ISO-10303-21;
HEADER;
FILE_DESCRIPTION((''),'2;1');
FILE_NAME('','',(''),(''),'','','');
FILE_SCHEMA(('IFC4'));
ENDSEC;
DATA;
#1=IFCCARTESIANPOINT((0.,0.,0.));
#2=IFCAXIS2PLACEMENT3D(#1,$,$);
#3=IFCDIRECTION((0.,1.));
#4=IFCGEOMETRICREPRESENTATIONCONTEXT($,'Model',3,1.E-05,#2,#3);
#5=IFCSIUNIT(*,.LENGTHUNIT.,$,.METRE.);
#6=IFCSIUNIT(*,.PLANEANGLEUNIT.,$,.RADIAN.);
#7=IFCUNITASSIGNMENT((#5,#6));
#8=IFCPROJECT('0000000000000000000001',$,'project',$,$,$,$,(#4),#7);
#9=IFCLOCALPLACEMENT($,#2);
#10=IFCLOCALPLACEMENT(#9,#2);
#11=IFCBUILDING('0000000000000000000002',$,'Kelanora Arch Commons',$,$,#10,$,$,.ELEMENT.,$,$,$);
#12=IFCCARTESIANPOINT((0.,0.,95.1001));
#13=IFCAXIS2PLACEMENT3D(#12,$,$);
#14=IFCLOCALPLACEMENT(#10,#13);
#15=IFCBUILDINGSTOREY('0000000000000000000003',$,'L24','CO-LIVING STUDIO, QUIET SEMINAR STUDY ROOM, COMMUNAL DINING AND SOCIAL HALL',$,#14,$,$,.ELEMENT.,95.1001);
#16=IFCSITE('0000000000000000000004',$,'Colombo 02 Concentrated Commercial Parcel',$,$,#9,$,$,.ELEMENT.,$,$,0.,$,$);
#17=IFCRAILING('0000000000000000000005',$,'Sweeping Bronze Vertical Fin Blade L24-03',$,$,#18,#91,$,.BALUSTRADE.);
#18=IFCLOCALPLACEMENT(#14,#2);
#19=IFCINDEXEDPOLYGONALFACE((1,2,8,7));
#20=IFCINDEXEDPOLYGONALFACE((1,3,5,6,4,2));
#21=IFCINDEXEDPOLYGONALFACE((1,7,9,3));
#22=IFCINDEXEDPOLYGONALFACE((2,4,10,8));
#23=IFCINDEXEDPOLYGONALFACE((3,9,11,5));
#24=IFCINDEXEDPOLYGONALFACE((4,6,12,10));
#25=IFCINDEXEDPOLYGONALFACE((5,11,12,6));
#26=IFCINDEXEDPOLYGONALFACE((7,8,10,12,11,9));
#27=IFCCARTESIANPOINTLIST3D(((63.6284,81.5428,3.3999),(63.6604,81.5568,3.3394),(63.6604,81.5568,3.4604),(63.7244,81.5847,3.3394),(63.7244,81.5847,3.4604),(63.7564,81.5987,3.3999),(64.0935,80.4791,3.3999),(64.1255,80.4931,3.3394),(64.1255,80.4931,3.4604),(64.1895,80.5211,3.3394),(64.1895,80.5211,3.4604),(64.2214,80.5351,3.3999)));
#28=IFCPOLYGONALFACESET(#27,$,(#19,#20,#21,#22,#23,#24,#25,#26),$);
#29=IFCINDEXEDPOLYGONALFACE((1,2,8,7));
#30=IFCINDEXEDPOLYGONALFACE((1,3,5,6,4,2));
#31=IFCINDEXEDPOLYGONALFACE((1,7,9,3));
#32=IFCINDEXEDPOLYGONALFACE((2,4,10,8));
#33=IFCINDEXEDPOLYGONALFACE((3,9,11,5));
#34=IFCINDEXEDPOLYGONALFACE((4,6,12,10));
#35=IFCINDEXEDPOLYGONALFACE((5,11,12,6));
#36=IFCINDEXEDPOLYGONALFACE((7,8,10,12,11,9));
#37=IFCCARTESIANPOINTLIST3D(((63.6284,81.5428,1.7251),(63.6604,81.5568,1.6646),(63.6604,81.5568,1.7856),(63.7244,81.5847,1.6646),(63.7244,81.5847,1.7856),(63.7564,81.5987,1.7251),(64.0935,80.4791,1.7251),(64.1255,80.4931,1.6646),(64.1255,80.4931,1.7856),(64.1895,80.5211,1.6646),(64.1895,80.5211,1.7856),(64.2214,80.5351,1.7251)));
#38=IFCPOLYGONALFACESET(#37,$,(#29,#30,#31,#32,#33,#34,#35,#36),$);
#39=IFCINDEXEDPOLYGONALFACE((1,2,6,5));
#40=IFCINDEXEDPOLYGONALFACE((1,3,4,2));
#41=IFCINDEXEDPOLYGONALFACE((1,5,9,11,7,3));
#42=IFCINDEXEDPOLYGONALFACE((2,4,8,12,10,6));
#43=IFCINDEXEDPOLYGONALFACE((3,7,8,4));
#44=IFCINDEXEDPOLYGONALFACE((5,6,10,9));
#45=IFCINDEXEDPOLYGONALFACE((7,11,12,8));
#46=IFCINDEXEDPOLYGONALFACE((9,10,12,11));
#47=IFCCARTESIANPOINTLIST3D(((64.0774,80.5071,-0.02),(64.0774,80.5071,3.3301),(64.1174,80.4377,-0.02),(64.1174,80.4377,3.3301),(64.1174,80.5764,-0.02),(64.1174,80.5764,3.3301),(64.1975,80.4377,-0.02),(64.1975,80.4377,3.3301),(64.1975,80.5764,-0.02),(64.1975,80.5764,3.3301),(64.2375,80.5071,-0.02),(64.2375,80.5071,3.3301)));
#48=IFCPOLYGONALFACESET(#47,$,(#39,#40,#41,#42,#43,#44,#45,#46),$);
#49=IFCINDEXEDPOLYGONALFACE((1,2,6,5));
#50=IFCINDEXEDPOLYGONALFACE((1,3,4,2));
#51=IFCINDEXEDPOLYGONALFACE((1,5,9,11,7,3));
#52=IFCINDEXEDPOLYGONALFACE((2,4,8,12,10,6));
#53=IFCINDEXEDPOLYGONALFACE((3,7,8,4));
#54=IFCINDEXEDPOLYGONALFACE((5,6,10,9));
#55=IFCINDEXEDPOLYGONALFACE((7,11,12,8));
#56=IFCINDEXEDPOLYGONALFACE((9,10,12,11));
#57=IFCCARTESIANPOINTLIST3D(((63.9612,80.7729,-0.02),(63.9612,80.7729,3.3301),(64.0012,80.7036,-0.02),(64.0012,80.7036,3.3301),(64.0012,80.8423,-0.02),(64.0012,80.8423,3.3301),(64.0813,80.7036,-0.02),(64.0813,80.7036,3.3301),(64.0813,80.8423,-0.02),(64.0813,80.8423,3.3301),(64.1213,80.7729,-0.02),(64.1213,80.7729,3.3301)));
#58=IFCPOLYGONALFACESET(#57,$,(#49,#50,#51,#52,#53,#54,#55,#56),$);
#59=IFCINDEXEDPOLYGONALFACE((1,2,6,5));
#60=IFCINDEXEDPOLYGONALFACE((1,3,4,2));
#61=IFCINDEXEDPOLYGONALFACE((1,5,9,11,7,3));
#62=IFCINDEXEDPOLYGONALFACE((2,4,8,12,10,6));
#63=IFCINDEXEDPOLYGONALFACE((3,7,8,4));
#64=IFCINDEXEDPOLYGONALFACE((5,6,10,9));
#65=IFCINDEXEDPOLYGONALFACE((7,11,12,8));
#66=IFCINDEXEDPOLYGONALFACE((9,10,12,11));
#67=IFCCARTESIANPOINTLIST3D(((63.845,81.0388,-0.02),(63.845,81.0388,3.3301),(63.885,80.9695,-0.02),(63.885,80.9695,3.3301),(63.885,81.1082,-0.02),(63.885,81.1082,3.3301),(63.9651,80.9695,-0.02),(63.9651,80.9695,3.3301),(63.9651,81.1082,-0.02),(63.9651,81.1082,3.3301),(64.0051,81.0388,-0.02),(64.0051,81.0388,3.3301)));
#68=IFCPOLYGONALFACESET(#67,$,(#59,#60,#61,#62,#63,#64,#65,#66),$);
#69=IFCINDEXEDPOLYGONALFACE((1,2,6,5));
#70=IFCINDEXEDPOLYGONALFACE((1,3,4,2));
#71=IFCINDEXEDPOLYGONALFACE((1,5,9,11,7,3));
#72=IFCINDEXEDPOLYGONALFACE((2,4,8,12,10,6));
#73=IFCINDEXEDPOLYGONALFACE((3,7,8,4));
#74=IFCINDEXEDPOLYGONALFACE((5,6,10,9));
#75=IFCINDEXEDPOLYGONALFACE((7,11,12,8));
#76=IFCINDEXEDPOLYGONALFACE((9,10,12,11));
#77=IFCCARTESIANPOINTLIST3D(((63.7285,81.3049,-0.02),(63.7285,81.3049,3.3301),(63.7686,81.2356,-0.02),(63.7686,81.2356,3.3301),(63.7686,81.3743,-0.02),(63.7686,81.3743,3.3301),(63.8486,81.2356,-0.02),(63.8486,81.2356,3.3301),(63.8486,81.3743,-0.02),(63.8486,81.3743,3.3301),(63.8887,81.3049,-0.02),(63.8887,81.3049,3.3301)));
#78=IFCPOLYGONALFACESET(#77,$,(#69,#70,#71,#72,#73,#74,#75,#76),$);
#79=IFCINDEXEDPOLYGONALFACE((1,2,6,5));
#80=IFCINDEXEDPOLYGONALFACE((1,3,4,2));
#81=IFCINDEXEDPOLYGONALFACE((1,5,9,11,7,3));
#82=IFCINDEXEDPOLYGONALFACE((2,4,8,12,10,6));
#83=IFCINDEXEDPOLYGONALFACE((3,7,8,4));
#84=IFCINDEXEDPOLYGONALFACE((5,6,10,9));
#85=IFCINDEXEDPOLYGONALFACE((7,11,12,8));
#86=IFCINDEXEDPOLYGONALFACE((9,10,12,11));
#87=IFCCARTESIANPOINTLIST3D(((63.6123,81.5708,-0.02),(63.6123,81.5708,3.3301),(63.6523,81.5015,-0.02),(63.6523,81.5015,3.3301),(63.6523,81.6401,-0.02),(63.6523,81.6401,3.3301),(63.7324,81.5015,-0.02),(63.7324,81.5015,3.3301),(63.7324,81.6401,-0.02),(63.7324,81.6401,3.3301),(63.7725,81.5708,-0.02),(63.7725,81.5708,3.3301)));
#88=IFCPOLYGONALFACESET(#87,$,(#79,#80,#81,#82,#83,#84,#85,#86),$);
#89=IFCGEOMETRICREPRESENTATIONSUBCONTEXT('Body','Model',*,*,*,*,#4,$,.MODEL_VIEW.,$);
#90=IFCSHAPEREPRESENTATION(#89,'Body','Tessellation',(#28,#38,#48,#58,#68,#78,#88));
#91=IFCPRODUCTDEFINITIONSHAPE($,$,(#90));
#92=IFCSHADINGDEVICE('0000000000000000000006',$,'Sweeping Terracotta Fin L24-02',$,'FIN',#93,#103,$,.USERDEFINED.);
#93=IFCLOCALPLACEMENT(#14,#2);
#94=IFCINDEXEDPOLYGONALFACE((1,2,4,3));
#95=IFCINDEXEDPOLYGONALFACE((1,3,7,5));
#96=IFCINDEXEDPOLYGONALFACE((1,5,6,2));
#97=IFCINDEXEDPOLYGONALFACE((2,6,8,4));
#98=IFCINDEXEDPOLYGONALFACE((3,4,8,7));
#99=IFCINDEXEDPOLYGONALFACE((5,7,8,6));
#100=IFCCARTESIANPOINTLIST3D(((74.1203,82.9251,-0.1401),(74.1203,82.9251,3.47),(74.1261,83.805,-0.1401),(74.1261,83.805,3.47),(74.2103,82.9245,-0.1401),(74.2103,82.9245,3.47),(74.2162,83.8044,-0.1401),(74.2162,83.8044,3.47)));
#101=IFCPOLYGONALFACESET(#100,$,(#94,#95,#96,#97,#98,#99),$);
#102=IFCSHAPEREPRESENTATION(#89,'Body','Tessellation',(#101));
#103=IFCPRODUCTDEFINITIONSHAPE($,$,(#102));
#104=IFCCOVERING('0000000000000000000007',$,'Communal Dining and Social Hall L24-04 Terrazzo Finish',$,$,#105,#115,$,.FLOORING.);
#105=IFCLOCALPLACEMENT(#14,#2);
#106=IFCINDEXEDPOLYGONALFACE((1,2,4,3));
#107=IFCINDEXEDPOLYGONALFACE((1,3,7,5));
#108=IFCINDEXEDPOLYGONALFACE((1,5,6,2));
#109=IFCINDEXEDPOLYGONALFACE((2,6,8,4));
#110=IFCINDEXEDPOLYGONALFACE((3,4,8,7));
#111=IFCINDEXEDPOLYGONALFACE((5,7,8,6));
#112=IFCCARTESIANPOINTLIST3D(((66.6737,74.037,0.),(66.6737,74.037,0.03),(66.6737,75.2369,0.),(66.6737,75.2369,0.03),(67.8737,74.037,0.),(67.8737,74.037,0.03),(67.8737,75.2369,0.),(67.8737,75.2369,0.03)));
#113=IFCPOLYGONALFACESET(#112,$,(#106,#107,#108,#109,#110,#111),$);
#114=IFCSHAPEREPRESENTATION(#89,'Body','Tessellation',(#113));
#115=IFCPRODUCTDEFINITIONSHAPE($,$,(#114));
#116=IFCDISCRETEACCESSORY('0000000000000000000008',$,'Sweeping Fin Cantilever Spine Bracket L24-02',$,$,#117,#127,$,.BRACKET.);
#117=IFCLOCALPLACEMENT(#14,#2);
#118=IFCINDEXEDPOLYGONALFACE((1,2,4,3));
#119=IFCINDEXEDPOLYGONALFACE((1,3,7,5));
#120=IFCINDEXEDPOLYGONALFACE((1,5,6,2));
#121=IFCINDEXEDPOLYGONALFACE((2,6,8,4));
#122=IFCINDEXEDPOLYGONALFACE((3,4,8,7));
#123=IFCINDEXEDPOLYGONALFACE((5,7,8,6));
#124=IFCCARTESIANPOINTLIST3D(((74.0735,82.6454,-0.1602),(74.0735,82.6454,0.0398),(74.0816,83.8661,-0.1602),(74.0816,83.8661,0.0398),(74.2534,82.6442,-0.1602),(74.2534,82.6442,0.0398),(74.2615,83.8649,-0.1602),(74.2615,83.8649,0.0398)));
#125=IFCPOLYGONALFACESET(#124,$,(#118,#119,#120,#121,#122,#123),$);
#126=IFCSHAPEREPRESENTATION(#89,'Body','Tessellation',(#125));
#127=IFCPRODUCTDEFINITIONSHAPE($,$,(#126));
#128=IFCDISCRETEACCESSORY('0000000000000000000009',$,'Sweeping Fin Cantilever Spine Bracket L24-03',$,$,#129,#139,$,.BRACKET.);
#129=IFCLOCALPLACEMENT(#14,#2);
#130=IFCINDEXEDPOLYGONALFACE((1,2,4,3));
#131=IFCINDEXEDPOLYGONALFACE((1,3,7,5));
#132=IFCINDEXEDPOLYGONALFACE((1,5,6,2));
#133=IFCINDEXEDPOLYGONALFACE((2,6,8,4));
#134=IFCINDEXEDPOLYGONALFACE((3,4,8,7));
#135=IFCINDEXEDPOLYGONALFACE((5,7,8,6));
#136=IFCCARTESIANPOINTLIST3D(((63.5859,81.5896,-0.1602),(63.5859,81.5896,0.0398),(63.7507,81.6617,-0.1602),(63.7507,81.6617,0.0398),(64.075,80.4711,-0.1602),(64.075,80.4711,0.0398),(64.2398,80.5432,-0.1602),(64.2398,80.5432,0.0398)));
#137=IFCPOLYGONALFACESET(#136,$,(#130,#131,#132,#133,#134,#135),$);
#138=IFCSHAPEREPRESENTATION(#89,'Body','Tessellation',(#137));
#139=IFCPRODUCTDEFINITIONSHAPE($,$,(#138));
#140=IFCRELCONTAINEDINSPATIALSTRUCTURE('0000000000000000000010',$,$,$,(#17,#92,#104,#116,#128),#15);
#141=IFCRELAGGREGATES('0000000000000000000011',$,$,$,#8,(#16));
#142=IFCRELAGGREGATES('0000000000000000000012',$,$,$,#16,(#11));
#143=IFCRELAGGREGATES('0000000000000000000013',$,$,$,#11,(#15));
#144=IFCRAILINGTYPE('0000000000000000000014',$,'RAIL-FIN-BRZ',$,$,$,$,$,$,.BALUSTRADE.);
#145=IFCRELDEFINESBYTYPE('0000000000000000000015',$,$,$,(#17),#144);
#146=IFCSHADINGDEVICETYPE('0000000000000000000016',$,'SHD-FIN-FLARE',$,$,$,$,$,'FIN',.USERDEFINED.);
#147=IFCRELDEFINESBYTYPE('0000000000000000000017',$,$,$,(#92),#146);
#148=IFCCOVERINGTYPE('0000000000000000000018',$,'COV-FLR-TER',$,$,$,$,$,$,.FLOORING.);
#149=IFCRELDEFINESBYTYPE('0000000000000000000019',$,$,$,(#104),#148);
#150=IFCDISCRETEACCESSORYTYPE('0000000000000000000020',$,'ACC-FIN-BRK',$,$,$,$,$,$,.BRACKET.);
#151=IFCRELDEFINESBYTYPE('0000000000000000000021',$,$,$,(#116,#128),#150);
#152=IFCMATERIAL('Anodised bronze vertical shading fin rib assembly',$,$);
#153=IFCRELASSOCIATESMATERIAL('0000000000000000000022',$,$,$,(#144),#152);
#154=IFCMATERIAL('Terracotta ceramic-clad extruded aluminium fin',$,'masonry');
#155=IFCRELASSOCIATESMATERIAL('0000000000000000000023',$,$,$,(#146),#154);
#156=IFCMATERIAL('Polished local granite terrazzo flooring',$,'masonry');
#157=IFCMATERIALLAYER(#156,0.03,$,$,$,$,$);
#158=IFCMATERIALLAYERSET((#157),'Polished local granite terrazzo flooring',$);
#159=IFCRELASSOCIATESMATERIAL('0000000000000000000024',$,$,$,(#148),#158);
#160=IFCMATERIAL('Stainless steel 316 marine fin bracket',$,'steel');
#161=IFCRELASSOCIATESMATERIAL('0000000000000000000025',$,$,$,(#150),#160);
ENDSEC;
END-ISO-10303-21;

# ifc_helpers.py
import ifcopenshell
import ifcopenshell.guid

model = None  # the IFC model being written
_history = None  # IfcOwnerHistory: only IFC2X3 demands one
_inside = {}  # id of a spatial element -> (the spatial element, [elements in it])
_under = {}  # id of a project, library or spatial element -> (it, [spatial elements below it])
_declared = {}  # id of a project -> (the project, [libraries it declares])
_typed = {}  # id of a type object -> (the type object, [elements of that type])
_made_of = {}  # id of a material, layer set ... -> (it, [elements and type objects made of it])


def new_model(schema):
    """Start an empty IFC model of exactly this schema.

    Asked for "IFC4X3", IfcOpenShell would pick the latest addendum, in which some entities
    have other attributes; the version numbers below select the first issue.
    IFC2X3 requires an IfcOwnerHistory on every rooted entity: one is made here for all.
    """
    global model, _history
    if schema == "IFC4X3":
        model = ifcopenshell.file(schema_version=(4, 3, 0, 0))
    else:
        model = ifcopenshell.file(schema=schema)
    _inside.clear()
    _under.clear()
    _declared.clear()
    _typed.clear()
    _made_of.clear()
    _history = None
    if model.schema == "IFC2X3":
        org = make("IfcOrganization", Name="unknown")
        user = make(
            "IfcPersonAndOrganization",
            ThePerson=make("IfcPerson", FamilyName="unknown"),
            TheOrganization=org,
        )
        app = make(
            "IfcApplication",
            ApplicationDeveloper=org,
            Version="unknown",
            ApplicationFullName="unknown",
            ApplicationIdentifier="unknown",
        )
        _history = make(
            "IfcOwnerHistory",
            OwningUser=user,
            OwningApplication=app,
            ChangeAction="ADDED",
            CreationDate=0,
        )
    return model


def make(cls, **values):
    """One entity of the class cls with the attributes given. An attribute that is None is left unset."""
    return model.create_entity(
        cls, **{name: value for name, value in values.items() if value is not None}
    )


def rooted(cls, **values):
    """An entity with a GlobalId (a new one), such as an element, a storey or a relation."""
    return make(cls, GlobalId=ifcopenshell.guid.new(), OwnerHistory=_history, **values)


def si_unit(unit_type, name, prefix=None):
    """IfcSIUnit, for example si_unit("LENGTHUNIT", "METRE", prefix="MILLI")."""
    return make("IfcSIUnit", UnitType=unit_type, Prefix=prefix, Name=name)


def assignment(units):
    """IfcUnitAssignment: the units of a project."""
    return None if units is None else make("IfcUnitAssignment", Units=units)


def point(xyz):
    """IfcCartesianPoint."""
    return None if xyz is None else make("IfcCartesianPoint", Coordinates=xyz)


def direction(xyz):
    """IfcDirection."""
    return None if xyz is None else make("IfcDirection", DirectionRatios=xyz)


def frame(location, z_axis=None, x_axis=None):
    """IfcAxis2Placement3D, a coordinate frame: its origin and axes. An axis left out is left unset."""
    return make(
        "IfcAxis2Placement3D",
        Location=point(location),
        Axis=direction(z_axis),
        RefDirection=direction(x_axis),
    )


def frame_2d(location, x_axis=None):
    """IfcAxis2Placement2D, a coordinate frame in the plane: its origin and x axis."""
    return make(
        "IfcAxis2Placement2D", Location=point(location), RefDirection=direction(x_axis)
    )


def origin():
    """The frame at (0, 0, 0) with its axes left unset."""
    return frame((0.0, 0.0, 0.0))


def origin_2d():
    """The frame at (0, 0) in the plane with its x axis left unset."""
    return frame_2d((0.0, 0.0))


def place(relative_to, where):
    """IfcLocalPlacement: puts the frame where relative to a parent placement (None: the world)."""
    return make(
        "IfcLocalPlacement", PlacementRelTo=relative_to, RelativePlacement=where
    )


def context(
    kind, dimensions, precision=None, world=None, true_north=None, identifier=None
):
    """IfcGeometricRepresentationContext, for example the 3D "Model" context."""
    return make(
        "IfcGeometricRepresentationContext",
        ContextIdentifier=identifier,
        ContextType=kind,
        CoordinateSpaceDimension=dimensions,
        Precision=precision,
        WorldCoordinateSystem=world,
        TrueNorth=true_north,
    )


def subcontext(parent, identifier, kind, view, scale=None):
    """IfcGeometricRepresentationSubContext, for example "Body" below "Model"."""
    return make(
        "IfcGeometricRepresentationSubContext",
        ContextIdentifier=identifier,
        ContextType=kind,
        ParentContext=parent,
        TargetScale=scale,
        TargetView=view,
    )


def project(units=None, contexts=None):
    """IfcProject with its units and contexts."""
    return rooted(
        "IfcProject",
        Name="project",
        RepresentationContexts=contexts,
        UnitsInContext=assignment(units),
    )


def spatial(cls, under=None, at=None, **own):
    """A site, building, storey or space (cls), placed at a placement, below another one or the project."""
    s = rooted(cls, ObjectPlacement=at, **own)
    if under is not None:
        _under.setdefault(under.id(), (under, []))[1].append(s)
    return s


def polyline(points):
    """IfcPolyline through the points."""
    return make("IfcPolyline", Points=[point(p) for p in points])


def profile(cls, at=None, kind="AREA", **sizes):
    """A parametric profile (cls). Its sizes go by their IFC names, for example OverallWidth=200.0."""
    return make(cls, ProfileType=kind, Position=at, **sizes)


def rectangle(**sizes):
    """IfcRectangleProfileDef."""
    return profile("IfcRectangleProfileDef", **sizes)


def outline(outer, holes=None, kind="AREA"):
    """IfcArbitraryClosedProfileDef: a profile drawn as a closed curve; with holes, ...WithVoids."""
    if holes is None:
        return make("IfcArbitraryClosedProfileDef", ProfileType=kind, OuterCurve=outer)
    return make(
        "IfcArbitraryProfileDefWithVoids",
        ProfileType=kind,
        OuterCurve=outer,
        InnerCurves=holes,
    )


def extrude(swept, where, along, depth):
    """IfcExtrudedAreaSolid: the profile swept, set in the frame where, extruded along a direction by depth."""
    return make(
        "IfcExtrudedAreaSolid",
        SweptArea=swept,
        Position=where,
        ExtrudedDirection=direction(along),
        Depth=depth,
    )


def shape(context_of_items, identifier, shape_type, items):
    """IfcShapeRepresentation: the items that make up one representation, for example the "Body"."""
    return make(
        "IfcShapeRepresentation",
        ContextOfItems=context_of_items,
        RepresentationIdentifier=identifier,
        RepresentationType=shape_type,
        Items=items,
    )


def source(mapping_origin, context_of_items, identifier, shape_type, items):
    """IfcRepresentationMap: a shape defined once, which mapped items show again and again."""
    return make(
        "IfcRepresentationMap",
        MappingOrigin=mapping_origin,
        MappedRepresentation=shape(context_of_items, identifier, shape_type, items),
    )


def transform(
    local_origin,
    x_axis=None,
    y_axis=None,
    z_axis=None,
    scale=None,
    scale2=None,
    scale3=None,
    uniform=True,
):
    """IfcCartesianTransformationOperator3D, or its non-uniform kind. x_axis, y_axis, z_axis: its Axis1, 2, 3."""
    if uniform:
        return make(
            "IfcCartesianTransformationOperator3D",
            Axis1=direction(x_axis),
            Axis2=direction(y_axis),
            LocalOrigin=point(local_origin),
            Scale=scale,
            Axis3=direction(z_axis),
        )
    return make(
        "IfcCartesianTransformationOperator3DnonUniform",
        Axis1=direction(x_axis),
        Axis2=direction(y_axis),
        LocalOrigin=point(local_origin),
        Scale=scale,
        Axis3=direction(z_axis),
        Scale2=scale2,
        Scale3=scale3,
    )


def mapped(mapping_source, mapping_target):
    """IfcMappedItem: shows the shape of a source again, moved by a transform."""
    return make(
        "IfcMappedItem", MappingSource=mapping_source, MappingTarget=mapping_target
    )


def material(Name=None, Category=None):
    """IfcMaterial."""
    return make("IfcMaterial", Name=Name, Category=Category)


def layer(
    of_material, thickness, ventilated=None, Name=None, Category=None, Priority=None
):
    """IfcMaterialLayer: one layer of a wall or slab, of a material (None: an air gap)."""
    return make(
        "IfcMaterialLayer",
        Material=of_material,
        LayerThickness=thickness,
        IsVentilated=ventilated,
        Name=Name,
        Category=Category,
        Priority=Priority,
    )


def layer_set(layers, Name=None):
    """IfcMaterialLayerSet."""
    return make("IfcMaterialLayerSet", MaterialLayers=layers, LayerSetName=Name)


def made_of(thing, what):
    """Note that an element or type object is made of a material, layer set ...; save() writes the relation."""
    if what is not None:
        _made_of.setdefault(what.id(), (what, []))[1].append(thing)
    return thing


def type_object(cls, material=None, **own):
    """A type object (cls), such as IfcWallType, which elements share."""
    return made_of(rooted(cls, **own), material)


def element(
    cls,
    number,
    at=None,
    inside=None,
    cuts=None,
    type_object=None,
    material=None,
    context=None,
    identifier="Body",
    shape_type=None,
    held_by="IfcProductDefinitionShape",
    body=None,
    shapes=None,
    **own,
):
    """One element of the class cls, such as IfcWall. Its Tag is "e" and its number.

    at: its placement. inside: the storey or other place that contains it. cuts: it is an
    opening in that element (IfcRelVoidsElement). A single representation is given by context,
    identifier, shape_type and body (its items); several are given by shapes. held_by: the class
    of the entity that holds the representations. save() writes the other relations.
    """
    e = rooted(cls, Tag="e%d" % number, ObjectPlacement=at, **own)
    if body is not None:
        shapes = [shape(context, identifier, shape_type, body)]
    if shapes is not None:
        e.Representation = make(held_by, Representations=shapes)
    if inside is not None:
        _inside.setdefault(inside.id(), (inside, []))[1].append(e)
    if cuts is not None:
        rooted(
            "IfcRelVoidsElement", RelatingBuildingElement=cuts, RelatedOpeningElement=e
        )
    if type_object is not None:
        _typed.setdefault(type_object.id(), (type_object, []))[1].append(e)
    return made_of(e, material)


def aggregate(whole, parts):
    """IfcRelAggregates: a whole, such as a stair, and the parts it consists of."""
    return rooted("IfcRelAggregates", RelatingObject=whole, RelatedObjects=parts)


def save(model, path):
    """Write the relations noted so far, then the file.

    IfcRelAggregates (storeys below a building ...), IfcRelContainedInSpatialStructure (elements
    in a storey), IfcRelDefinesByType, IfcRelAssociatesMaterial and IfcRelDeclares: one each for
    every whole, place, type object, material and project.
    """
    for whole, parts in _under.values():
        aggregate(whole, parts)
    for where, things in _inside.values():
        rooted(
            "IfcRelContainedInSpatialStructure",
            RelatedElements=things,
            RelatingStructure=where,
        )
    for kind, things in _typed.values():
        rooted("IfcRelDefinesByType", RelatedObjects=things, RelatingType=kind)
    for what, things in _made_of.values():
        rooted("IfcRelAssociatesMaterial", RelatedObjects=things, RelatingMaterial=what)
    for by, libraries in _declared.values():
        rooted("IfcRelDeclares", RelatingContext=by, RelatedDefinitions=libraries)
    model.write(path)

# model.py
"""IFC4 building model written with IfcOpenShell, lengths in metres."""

from ifc_helpers import new_model, si_unit, direction, frame, origin, origin_2d, place, context, subcontext, project, spatial, polyline, rectangle, outline, extrude, source, transform, mapped, material, layer, layer_set, type_object, element, save


model = new_model("IFC4")

# Units and contexts
model_context = context("Model", 3, precision=1e-05, world=origin(), true_north=direction((0.0, 1.0)))
body_context = subcontext(model_context, "Body", "Model", "MODEL_VIEW")
ifc_project = project(units=[si_unit("LENGTHUNIT", "METRE"), si_unit("PLANEANGLEUNIT", "RADIAN")], contexts=[model_context])

# Site, building, storey
site_placement = place(None, origin())
site = spatial("IfcSite", under=ifc_project, at=site_placement, Name="Colombo 02 Concentrated Commercial Parcel", CompositionType="ELEMENT", RefElevation=0.0)
building_placement = place(site_placement, origin())
building = spatial("IfcBuilding", under=site, at=building_placement, Name="Kelanora Arch Commons", CompositionType="ELEMENT")
storey_placement = place(building_placement, frame((0.0, 0.0, 95.1001)))
storey = spatial("IfcBuildingStorey", under=building, at=storey_placement, Name="L24", Description="CO-LIVING STUDIO, QUIET SEMINAR STUDY ROOM, COMMUNAL DINING AND SOCIAL HALL", CompositionType="ELEMENT", Elevation=95.1001)

# Railing
ifc_material_1 = material(Name="Anodised bronze vertical shading fin rib assembly")
railing_type = type_object("IfcRailingType", Name="RAIL-FIN-BRZ", PredefinedType="BALUSTRADE", material=ifc_material_1)
railing_1_placement = place(storey_placement, frame((64.1575, 80.5071, -0.02)))
element("IfcRailing", 1, at=railing_1_placement, inside=storey, type_object=railing_type, Name="Sweeping Bronze Vertical Fin Blade L24-03", PredefinedType="BALUSTRADE", context=body_context, shape_type="SweptSolid", body=[
    extrude(outline(polyline([(0.0698, 0.0), (0.0349, 0.0605), (-0.0349, 0.0605), (-0.0698, 0.0), (-0.0349, -0.0605), (0.0349, -0.0605), (0.0698, 0.0)])), frame((0.0, 0.0, 3.4199), z_axis=(-0.400609, 0.916249, 0.0), x_axis=(-0.916249, -0.400609, 0.0)), (0.0, 0.0, 1.0), 1.1609),
    extrude(outline(polyline([(0.0698, 0.0), (0.0349, 0.0605), (-0.0349, 0.0605), (-0.0698, 0.0), (-0.0349, -0.0605), (0.0349, -0.0605), (0.0698, 0.0)])), frame((0.0, 0.0, 1.7451), z_axis=(-0.400609, 0.916249, 0.0), x_axis=(-0.916249, -0.400609, 0.0)), (0.0, 0.0, 1.0), 1.1609),
    extrude(outline(polyline([(0.0801, 0.0), (0.04, 0.0693), (-0.04, 0.0693), (-0.0801, 0.0), (-0.04, -0.0693), (0.04, -0.0693), (0.0801, 0.0)])), origin(), (0.0, 0.0, 1.0), 3.3501),
    extrude(outline(polyline([(0.0801, 0.0), (0.04, 0.0693), (-0.04, 0.0693), (-0.0801, 0.0), (-0.04, -0.0693), (0.04, -0.0693), (0.0801, 0.0)])), frame((-0.1162, 0.2659, 0.0)), (0.0, 0.0, 1.0), 3.3501),
    extrude(outline(polyline([(0.0801, 0.0), (0.04, 0.0693), (-0.04, 0.0693), (-0.0801, 0.0), (-0.04, -0.0693), (0.04, -0.0693), (0.0801, 0.0)])), frame((-0.2324, 0.5317, 0.0)), (0.0, 0.0, 1.0), 3.3501),
    extrude(outline(polyline([(0.0801, 0.0), (0.04, 0.0693), (-0.04, 0.0693), (-0.0801, 0.0), (-0.04, -0.0693), (0.04, -0.0693), (0.0801, 0.0)])), frame((-0.3489, 0.7979, 0.0)), (0.0, 0.0, 1.0), 3.3501),
    extrude(outline(polyline([(0.0801, 0.0), (0.04, 0.0693), (-0.04, 0.0693), (-0.0801, 0.0), (-0.04, -0.0693), (0.04, -0.0693), (0.0801, 0.0)])), frame((-0.4651, 1.0637, 0.0)), (0.0, 0.0, 1.0), 3.3501),
])

# Shading device
ifc_material_2 = material(Name="Terracotta ceramic-clad extruded aluminium fin", Category="masonry")
shading_device_type = type_object("IfcShadingDeviceType", Name="SHD-FIN-FLARE", ElementType="FIN", PredefinedType="USERDEFINED", material=ifc_material_2)
shared_shape_1 = source(origin(), body_context, "Body", "SweptSolid", [
    extrude(rectangle(XDim=0.8799, YDim=0.0901, at=origin_2d()), origin(), (0.0, 0.0, 1.0), 3.6101),
])
shading_device_placement = place(storey_placement, frame((74.1682, 83.3647, -0.1401), z_axis=(0.0, 0.0, 1.0), x_axis=(0.006632, 0.999978, 0.0)))
element("IfcShadingDevice", 2, at=shading_device_placement, inside=storey, type_object=shading_device_type, Name="Sweeping Terracotta Fin L24-02", ObjectType="FIN", PredefinedType="USERDEFINED", context=body_context, shape_type="MappedRepresentation", body=[
    mapped(shared_shape_1, transform((0.0, 0.0, 0.0), scale=1.0)),
])

# Covering
ifc_material_3 = material(Name="Polished local granite terrazzo flooring", Category="masonry")
ifc_layer_1 = layer(ifc_material_3, 0.03)
ifc_layer_set_1 = layer_set([ifc_layer_1], Name="Polished local granite terrazzo flooring")
covering_type = type_object("IfcCoveringType", Name="COV-FLR-TER", PredefinedType="FLOORING", material=ifc_layer_set_1)
shared_shape_2 = source(origin(), body_context, "Body", "SweptSolid", [
    extrude(rectangle(XDim=1.2, YDim=1.2, at=origin_2d()), origin(), (0.0, 0.0, 1.0), 0.03),
])
covering_placement = place(storey_placement, frame((67.2737, 74.637, 0.0), z_axis=(0.0, 0.0, 1.0), x_axis=(1.0, 0.0, 0.0)))
element("IfcCovering", 3, at=covering_placement, inside=storey, type_object=covering_type, Name="Communal Dining and Social Hall L24-04 Terrazzo Finish", PredefinedType="FLOORING", context=body_context, shape_type="MappedRepresentation", body=[
    mapped(shared_shape_2, transform((0.0, 0.0, 0.0), scale=1.0)),
])

# Discrete accessories
ifc_material_4 = material(Name="Stainless steel 316 marine fin bracket", Category="steel")
discrete_accessory_type = type_object("IfcDiscreteAccessoryType", Name="ACC-FIN-BRK", PredefinedType="BRACKET", material=ifc_material_4)
shared_shape_3 = source(origin(), body_context, "Body", "SweptSolid", [
    extrude(rectangle(XDim=1.2207, YDim=0.1799, at=origin_2d()), origin(), (0.0, 0.0, 1.0), 0.2),
])
for number, where, z_axis, x_axis, name in (
    (4, (74.1675, 83.2551, -0.1602), (0.0, 0.0, 1.0), (0.006632, 0.999978, 0.0), "Sweeping Fin Cantilever Spine Bracket L24-02"),
    (5, (63.9128, 81.0664, -0.1602), (0.0, 0.0, 1.0), (-0.400669, 0.916223, 0.0), "Sweeping Fin Cantilever Spine Bracket L24-03"),
):
    element("IfcDiscreteAccessory", number, at=place(storey_placement, frame(where, z_axis=z_axis, x_axis=x_axis)), inside=storey, type_object=discrete_accessory_type, Name=name, PredefinedType="BRACKET", context=body_context, shape_type="MappedRepresentation", body=[
        mapped(shared_shape_3, transform((0.0, 0.0, 0.0), scale=1.0)),
    ])

save(model, "model.ifc")
